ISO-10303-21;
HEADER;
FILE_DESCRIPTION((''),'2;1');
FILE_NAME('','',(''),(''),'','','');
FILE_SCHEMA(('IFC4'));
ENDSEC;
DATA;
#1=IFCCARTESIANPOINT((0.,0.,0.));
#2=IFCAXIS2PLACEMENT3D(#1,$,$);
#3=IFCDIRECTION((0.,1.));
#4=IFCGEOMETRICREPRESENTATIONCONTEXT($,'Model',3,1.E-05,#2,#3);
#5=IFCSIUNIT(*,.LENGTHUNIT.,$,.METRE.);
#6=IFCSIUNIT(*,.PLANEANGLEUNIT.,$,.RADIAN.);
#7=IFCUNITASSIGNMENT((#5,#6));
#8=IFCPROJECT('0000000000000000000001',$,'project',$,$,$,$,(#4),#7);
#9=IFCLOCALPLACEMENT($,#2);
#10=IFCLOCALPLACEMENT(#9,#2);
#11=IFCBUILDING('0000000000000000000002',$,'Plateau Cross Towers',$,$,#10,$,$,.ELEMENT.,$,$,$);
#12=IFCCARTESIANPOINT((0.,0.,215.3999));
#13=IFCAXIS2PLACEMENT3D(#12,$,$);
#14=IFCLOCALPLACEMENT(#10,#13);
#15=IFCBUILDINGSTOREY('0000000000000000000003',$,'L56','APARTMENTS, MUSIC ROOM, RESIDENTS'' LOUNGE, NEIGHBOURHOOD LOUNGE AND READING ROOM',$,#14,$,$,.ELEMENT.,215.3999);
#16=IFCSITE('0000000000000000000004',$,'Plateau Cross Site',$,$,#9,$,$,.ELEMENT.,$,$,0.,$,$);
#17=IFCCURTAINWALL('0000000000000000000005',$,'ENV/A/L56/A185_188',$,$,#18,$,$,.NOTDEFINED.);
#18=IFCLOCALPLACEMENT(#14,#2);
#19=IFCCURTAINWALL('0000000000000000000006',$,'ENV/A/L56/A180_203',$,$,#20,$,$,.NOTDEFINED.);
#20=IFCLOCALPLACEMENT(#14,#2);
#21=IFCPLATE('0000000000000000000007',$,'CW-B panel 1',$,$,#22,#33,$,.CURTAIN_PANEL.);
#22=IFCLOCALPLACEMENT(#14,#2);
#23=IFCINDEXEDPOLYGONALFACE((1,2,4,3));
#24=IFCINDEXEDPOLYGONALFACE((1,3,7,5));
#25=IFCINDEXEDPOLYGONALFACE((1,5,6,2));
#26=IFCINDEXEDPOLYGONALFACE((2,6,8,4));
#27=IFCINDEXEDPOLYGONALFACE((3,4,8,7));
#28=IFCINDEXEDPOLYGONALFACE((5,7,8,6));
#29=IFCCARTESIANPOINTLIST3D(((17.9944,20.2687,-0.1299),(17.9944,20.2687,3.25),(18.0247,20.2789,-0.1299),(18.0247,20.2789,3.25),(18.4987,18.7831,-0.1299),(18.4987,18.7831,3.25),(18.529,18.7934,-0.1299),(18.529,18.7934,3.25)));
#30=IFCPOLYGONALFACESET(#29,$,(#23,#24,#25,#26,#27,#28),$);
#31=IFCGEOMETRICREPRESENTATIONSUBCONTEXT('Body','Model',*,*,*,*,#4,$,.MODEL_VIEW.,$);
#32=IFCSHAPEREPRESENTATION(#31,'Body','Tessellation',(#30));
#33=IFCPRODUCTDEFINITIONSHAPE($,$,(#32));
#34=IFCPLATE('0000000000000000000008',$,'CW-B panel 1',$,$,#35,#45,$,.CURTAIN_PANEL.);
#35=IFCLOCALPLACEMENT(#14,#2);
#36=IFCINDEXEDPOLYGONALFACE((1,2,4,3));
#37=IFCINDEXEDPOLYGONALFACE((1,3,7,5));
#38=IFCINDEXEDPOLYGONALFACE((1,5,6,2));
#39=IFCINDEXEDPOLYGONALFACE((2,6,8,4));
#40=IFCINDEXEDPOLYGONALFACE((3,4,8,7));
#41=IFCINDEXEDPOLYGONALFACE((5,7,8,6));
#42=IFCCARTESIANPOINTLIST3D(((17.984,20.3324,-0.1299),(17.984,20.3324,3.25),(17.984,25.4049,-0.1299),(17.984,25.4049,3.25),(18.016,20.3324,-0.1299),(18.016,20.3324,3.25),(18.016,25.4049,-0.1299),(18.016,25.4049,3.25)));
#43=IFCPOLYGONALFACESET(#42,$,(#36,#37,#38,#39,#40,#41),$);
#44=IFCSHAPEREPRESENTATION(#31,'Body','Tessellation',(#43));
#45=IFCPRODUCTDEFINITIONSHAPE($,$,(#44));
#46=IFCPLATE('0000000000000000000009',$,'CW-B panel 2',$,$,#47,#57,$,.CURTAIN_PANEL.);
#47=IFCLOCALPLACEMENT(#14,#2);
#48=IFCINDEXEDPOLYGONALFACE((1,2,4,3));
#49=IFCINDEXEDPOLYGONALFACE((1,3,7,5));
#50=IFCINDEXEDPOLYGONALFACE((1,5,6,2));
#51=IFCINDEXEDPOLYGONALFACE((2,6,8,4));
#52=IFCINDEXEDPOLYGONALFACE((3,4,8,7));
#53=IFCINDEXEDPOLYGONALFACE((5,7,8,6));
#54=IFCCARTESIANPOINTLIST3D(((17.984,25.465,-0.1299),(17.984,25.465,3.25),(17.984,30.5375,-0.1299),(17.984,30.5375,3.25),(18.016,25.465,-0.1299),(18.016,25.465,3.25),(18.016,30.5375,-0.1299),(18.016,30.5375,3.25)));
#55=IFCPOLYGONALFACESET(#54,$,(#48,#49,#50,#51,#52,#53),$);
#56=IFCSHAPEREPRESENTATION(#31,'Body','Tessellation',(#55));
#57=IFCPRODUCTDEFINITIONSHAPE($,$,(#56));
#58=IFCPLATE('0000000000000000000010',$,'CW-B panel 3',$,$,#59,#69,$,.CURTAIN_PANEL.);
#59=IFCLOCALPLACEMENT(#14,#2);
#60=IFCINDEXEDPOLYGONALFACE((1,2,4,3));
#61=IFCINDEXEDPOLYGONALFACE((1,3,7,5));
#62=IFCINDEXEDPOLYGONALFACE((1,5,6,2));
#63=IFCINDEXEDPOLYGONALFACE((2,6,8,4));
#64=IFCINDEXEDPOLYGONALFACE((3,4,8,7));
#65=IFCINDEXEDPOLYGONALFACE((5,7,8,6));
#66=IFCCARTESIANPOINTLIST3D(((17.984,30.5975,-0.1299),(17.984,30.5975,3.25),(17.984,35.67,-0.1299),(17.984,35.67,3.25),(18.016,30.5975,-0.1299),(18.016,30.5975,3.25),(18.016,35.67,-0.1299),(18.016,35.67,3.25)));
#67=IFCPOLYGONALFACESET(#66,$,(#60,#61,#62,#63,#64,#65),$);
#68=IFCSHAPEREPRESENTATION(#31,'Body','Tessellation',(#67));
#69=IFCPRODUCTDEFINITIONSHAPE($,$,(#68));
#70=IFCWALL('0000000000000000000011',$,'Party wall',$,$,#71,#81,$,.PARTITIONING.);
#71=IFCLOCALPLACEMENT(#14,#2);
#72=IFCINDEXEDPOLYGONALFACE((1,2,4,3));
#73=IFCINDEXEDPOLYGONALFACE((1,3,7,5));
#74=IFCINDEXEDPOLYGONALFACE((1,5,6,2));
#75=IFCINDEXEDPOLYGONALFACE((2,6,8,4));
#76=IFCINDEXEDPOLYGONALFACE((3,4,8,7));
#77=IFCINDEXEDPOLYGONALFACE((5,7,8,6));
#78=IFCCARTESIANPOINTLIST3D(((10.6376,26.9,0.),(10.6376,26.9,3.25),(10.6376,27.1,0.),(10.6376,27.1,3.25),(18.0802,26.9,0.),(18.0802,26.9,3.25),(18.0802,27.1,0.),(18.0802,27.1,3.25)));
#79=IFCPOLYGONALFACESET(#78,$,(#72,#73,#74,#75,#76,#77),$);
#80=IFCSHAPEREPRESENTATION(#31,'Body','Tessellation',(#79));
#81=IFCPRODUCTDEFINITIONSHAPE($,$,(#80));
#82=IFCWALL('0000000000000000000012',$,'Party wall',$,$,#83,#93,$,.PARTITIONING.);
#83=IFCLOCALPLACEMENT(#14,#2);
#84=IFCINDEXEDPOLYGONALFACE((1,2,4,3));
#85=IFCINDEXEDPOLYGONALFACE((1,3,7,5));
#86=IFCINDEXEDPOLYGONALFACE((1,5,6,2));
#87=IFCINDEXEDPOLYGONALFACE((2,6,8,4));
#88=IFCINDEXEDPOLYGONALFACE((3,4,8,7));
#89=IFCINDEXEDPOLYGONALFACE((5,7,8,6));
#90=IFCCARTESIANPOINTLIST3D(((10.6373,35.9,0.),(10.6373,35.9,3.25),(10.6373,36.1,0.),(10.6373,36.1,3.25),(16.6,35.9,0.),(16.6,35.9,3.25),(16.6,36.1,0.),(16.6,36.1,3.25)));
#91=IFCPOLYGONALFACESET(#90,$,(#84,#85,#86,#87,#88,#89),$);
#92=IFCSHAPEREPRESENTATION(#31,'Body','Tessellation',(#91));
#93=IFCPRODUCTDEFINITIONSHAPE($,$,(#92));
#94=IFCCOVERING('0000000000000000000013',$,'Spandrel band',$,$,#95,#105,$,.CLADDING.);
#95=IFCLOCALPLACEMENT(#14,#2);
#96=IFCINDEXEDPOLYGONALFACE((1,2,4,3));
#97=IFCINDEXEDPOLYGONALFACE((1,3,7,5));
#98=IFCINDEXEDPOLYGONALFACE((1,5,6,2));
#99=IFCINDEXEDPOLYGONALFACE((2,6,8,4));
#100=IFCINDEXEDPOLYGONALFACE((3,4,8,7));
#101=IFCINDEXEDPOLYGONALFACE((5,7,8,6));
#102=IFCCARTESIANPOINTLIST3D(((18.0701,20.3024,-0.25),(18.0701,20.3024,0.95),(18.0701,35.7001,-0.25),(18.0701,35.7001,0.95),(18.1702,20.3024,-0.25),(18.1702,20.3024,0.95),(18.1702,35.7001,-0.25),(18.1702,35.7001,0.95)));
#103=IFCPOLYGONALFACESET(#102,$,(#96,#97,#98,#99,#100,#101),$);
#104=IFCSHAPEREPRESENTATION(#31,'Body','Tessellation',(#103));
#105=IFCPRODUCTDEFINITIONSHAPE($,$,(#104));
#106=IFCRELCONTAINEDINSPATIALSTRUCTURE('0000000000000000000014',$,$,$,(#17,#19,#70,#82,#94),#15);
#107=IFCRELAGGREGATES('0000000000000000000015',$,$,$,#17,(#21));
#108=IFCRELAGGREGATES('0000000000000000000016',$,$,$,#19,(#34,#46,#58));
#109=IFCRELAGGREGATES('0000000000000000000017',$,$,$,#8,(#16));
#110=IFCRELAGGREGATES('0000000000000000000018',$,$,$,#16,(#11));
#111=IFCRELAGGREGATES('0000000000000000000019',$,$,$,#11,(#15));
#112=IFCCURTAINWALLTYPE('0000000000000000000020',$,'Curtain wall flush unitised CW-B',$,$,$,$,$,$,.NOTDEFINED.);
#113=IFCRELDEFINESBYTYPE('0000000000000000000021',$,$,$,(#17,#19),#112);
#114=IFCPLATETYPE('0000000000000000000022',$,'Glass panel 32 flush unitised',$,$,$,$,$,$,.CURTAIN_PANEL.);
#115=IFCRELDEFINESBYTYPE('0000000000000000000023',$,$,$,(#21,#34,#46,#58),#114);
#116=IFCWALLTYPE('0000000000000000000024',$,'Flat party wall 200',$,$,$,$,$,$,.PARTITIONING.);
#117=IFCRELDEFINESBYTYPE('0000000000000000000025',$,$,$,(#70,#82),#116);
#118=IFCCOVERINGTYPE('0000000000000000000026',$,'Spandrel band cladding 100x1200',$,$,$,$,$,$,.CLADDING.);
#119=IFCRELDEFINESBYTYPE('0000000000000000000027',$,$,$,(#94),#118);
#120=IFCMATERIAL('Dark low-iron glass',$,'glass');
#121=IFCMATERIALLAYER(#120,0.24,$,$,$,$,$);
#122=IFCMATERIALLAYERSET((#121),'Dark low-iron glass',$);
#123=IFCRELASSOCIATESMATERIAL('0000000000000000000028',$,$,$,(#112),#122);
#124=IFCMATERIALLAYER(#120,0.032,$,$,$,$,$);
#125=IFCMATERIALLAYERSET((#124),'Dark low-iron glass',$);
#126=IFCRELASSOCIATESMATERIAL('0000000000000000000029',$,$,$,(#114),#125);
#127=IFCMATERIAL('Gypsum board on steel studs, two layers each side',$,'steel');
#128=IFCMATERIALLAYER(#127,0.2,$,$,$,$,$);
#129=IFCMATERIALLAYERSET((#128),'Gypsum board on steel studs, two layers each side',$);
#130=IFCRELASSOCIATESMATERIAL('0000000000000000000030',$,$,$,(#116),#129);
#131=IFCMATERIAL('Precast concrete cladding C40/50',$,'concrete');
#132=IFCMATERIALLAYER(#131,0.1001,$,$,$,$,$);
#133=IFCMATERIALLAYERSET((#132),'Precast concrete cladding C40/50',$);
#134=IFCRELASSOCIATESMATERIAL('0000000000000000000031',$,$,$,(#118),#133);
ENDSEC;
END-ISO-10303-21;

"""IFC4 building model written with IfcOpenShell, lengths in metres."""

from ifc_helpers import new_model, si_unit, direction, frame, frame_2d, origin, origin_2d, place, context, subcontext, project, spatial, rectangle, extrude, material, layer, layer_set, type_object, element, aggregate, save


model = new_model("IFC4")

# Units and contexts
model_context = context("Model", 3, precision=1e-05, world=origin(), true_north=direction((0.0, 1.0)))
body_context = subcontext(model_context, "Body", "Model", "MODEL_VIEW")
ifc_project = project(units=[si_unit("LENGTHUNIT", "METRE"), si_unit("PLANEANGLEUNIT", "RADIAN")], contexts=[model_context])

# Site, building, storey
site_placement = place(None, origin())
site = spatial("IfcSite", under=ifc_project, at=site_placement, Name="Plateau Cross Site", CompositionType="ELEMENT", RefElevation=0.0)
building_placement = place(site_placement, origin())
building = spatial("IfcBuilding", under=site, at=building_placement, Name="Plateau Cross Towers", CompositionType="ELEMENT")
storey_placement = place(building_placement, frame((0.0, 0.0, 215.3999)))
storey = spatial("IfcBuildingStorey", under=building, at=storey_placement, Name="L56", Description="APARTMENTS, MUSIC ROOM, RESIDENTS' LOUNGE, NEIGHBOURHOOD LOUNGE AND READING ROOM", CompositionType="ELEMENT", Elevation=215.3999)

# Curtain wall
ifc_material_1 = material(Name="Dark low-iron glass", Category="glass")
ifc_layer_1 = layer(ifc_material_1, 0.24)
ifc_layer_set_1 = layer_set([ifc_layer_1], Name="Dark low-iron glass")
curtain_wall_type_1 = type_object("IfcCurtainWallType", Name="Curtain wall flush unitised CW-B", PredefinedType="NOTDEFINED", material=ifc_layer_set_1)
curtain_wall_1_placement = place(storey_placement, origin())
curtain_wall_1 = element("IfcCurtainWall", 1, at=curtain_wall_1_placement, inside=storey, type_object=curtain_wall_type_1, Name="ENV/A/L56/A185_188", PredefinedType="NOTDEFINED")

# Curtain wall
curtain_wall_2_placement = place(storey_placement, origin())
curtain_wall_2 = element("IfcCurtainWall", 2, at=curtain_wall_2_placement, inside=storey, type_object=curtain_wall_type_1, Name="ENV/A/L56/A180_203", PredefinedType="NOTDEFINED")

# Plates
ifc_layer_2 = layer(ifc_material_1, 0.032)
ifc_layer_set_2 = layer_set([ifc_layer_2], Name="Dark low-iron glass")
plate_type = type_object("IfcPlateType", Name="Glass panel 32 flush unitised", PredefinedType="CURTAIN_PANEL", material=ifc_layer_set_2)
plate_1_placement = place(storey_placement, frame((18.2617, 19.531, -0.1299), z_axis=(0.0, 0.0, 1.0), x_axis=(-0.321469, 0.94692, 0.0)))
plate_1 = element("IfcPlate", 3, at=plate_1_placement, type_object=plate_type, Name="CW-B panel 1", PredefinedType="CURTAIN_PANEL", context=body_context, shape_type="SweptSolid", body=[
    extrude(rectangle(XDim=1.5688, YDim=0.032, at=origin_2d()), origin(), (0.0, 0.0, 1.0), 3.3799),
])
aggregate(curtain_wall_1, [plate_1])
plate_2_placement = place(storey_placement, frame((18.0, 22.8687, -0.1299), z_axis=(0.0, 0.0, 1.0), x_axis=(0.0, 1.0, 0.0)))
plate_2 = element("IfcPlate", 4, at=plate_2_placement, type_object=plate_type, Name="CW-B panel 1", PredefinedType="CURTAIN_PANEL", context=body_context, shape_type="SweptSolid", body=[
    extrude(rectangle(XDim=5.0725, YDim=0.032, at=origin_2d()), origin(), (0.0, 0.0, 1.0), 3.3799),
])
plate_3_placement = place(storey_placement, frame((18.0, 28.0012, -0.1299), z_axis=(0.0, 0.0, 1.0), x_axis=(0.0, 1.0, 0.0)))
plate_3 = element("IfcPlate", 5, at=plate_3_placement, type_object=plate_type, Name="CW-B panel 2", PredefinedType="CURTAIN_PANEL", context=body_context, shape_type="SweptSolid", body=[
    extrude(rectangle(XDim=5.0725, YDim=0.032, at=origin_2d()), origin(), (0.0, 0.0, 1.0), 3.3799),
])
plate_4_placement = place(storey_placement, frame((18.0, 33.1338, -0.1299), z_axis=(0.0, 0.0, 1.0), x_axis=(0.0, 1.0, 0.0)))
plate_4 = element("IfcPlate", 6, at=plate_4_placement, type_object=plate_type, Name="CW-B panel 3", PredefinedType="CURTAIN_PANEL", context=body_context, shape_type="SweptSolid", body=[
    extrude(rectangle(XDim=5.0725, YDim=0.032, at=origin_2d()), origin(), (0.0, 0.0, 1.0), 3.3799),
])
aggregate(curtain_wall_2, [plate_2, plate_3, plate_4])

# Walls
ifc_material_2 = material(Name="Gypsum board on steel studs, two layers each side", Category="steel")
ifc_layer_3 = layer(ifc_material_2, 0.2)
ifc_layer_set_3 = layer_set([ifc_layer_3], Name="Gypsum board on steel studs, two layers each side")
wall_type = type_object("IfcWallType", Name="Flat party wall 200", PredefinedType="PARTITIONING", material=ifc_layer_set_3)
wall_1_placement = place(storey_placement, frame((18.0801, 27.0, 0.0), z_axis=(0.0, 0.0, 1.0), x_axis=(-1.0, 0.0, 0.0)))
element("IfcWall", 7, at=wall_1_placement, inside=storey, type_object=wall_type, Name="Party wall", PredefinedType="PARTITIONING", context=body_context, shape_type="SweptSolid", body=[
    extrude(rectangle(XDim=7.4426, YDim=0.2, at=frame_2d((3.7212, 0.0))), origin(), (0.0, 0.0, 1.0), 3.25),
])
wall_2_placement = place(storey_placement, frame((16.6001, 36.0, 0.0), z_axis=(0.0, 0.0, 1.0), x_axis=(-1.0, 0.0, 0.0)))
element("IfcWall", 8, at=wall_2_placement, inside=storey, type_object=wall_type, Name="Party wall", PredefinedType="PARTITIONING", context=body_context, shape_type="SweptSolid", body=[
    extrude(rectangle(XDim=5.9626, YDim=0.2, at=frame_2d((2.9814, 0.0))), origin(), (0.0, 0.0, 1.0), 3.25),
])

# Covering
ifc_material_3 = material(Name="Precast concrete cladding C40/50", Category="concrete")
ifc_layer_4 = layer(ifc_material_3, 0.1001)
ifc_layer_set_4 = layer_set([ifc_layer_4], Name="Precast concrete cladding C40/50")
covering_type = type_object("IfcCoveringType", Name="Spandrel band cladding 100x1200", PredefinedType="CLADDING", material=ifc_layer_set_4)
covering_placement = place(storey_placement, frame((18.1201, 28.0012, -0.25), z_axis=(0.0, 0.0, 1.0), x_axis=(0.0, 1.0, 0.0)))
element("IfcCovering", 9, at=covering_placement, inside=storey, type_object=covering_type, Name="Spandrel band", PredefinedType="CLADDING", context=body_context, shape_type="SweptSolid", body=[
    extrude(rectangle(XDim=15.3977, YDim=0.1001, at=origin_2d()), origin(), (0.0, 0.0, 1.0), 1.2),
])

save(model, "model.ifc")
